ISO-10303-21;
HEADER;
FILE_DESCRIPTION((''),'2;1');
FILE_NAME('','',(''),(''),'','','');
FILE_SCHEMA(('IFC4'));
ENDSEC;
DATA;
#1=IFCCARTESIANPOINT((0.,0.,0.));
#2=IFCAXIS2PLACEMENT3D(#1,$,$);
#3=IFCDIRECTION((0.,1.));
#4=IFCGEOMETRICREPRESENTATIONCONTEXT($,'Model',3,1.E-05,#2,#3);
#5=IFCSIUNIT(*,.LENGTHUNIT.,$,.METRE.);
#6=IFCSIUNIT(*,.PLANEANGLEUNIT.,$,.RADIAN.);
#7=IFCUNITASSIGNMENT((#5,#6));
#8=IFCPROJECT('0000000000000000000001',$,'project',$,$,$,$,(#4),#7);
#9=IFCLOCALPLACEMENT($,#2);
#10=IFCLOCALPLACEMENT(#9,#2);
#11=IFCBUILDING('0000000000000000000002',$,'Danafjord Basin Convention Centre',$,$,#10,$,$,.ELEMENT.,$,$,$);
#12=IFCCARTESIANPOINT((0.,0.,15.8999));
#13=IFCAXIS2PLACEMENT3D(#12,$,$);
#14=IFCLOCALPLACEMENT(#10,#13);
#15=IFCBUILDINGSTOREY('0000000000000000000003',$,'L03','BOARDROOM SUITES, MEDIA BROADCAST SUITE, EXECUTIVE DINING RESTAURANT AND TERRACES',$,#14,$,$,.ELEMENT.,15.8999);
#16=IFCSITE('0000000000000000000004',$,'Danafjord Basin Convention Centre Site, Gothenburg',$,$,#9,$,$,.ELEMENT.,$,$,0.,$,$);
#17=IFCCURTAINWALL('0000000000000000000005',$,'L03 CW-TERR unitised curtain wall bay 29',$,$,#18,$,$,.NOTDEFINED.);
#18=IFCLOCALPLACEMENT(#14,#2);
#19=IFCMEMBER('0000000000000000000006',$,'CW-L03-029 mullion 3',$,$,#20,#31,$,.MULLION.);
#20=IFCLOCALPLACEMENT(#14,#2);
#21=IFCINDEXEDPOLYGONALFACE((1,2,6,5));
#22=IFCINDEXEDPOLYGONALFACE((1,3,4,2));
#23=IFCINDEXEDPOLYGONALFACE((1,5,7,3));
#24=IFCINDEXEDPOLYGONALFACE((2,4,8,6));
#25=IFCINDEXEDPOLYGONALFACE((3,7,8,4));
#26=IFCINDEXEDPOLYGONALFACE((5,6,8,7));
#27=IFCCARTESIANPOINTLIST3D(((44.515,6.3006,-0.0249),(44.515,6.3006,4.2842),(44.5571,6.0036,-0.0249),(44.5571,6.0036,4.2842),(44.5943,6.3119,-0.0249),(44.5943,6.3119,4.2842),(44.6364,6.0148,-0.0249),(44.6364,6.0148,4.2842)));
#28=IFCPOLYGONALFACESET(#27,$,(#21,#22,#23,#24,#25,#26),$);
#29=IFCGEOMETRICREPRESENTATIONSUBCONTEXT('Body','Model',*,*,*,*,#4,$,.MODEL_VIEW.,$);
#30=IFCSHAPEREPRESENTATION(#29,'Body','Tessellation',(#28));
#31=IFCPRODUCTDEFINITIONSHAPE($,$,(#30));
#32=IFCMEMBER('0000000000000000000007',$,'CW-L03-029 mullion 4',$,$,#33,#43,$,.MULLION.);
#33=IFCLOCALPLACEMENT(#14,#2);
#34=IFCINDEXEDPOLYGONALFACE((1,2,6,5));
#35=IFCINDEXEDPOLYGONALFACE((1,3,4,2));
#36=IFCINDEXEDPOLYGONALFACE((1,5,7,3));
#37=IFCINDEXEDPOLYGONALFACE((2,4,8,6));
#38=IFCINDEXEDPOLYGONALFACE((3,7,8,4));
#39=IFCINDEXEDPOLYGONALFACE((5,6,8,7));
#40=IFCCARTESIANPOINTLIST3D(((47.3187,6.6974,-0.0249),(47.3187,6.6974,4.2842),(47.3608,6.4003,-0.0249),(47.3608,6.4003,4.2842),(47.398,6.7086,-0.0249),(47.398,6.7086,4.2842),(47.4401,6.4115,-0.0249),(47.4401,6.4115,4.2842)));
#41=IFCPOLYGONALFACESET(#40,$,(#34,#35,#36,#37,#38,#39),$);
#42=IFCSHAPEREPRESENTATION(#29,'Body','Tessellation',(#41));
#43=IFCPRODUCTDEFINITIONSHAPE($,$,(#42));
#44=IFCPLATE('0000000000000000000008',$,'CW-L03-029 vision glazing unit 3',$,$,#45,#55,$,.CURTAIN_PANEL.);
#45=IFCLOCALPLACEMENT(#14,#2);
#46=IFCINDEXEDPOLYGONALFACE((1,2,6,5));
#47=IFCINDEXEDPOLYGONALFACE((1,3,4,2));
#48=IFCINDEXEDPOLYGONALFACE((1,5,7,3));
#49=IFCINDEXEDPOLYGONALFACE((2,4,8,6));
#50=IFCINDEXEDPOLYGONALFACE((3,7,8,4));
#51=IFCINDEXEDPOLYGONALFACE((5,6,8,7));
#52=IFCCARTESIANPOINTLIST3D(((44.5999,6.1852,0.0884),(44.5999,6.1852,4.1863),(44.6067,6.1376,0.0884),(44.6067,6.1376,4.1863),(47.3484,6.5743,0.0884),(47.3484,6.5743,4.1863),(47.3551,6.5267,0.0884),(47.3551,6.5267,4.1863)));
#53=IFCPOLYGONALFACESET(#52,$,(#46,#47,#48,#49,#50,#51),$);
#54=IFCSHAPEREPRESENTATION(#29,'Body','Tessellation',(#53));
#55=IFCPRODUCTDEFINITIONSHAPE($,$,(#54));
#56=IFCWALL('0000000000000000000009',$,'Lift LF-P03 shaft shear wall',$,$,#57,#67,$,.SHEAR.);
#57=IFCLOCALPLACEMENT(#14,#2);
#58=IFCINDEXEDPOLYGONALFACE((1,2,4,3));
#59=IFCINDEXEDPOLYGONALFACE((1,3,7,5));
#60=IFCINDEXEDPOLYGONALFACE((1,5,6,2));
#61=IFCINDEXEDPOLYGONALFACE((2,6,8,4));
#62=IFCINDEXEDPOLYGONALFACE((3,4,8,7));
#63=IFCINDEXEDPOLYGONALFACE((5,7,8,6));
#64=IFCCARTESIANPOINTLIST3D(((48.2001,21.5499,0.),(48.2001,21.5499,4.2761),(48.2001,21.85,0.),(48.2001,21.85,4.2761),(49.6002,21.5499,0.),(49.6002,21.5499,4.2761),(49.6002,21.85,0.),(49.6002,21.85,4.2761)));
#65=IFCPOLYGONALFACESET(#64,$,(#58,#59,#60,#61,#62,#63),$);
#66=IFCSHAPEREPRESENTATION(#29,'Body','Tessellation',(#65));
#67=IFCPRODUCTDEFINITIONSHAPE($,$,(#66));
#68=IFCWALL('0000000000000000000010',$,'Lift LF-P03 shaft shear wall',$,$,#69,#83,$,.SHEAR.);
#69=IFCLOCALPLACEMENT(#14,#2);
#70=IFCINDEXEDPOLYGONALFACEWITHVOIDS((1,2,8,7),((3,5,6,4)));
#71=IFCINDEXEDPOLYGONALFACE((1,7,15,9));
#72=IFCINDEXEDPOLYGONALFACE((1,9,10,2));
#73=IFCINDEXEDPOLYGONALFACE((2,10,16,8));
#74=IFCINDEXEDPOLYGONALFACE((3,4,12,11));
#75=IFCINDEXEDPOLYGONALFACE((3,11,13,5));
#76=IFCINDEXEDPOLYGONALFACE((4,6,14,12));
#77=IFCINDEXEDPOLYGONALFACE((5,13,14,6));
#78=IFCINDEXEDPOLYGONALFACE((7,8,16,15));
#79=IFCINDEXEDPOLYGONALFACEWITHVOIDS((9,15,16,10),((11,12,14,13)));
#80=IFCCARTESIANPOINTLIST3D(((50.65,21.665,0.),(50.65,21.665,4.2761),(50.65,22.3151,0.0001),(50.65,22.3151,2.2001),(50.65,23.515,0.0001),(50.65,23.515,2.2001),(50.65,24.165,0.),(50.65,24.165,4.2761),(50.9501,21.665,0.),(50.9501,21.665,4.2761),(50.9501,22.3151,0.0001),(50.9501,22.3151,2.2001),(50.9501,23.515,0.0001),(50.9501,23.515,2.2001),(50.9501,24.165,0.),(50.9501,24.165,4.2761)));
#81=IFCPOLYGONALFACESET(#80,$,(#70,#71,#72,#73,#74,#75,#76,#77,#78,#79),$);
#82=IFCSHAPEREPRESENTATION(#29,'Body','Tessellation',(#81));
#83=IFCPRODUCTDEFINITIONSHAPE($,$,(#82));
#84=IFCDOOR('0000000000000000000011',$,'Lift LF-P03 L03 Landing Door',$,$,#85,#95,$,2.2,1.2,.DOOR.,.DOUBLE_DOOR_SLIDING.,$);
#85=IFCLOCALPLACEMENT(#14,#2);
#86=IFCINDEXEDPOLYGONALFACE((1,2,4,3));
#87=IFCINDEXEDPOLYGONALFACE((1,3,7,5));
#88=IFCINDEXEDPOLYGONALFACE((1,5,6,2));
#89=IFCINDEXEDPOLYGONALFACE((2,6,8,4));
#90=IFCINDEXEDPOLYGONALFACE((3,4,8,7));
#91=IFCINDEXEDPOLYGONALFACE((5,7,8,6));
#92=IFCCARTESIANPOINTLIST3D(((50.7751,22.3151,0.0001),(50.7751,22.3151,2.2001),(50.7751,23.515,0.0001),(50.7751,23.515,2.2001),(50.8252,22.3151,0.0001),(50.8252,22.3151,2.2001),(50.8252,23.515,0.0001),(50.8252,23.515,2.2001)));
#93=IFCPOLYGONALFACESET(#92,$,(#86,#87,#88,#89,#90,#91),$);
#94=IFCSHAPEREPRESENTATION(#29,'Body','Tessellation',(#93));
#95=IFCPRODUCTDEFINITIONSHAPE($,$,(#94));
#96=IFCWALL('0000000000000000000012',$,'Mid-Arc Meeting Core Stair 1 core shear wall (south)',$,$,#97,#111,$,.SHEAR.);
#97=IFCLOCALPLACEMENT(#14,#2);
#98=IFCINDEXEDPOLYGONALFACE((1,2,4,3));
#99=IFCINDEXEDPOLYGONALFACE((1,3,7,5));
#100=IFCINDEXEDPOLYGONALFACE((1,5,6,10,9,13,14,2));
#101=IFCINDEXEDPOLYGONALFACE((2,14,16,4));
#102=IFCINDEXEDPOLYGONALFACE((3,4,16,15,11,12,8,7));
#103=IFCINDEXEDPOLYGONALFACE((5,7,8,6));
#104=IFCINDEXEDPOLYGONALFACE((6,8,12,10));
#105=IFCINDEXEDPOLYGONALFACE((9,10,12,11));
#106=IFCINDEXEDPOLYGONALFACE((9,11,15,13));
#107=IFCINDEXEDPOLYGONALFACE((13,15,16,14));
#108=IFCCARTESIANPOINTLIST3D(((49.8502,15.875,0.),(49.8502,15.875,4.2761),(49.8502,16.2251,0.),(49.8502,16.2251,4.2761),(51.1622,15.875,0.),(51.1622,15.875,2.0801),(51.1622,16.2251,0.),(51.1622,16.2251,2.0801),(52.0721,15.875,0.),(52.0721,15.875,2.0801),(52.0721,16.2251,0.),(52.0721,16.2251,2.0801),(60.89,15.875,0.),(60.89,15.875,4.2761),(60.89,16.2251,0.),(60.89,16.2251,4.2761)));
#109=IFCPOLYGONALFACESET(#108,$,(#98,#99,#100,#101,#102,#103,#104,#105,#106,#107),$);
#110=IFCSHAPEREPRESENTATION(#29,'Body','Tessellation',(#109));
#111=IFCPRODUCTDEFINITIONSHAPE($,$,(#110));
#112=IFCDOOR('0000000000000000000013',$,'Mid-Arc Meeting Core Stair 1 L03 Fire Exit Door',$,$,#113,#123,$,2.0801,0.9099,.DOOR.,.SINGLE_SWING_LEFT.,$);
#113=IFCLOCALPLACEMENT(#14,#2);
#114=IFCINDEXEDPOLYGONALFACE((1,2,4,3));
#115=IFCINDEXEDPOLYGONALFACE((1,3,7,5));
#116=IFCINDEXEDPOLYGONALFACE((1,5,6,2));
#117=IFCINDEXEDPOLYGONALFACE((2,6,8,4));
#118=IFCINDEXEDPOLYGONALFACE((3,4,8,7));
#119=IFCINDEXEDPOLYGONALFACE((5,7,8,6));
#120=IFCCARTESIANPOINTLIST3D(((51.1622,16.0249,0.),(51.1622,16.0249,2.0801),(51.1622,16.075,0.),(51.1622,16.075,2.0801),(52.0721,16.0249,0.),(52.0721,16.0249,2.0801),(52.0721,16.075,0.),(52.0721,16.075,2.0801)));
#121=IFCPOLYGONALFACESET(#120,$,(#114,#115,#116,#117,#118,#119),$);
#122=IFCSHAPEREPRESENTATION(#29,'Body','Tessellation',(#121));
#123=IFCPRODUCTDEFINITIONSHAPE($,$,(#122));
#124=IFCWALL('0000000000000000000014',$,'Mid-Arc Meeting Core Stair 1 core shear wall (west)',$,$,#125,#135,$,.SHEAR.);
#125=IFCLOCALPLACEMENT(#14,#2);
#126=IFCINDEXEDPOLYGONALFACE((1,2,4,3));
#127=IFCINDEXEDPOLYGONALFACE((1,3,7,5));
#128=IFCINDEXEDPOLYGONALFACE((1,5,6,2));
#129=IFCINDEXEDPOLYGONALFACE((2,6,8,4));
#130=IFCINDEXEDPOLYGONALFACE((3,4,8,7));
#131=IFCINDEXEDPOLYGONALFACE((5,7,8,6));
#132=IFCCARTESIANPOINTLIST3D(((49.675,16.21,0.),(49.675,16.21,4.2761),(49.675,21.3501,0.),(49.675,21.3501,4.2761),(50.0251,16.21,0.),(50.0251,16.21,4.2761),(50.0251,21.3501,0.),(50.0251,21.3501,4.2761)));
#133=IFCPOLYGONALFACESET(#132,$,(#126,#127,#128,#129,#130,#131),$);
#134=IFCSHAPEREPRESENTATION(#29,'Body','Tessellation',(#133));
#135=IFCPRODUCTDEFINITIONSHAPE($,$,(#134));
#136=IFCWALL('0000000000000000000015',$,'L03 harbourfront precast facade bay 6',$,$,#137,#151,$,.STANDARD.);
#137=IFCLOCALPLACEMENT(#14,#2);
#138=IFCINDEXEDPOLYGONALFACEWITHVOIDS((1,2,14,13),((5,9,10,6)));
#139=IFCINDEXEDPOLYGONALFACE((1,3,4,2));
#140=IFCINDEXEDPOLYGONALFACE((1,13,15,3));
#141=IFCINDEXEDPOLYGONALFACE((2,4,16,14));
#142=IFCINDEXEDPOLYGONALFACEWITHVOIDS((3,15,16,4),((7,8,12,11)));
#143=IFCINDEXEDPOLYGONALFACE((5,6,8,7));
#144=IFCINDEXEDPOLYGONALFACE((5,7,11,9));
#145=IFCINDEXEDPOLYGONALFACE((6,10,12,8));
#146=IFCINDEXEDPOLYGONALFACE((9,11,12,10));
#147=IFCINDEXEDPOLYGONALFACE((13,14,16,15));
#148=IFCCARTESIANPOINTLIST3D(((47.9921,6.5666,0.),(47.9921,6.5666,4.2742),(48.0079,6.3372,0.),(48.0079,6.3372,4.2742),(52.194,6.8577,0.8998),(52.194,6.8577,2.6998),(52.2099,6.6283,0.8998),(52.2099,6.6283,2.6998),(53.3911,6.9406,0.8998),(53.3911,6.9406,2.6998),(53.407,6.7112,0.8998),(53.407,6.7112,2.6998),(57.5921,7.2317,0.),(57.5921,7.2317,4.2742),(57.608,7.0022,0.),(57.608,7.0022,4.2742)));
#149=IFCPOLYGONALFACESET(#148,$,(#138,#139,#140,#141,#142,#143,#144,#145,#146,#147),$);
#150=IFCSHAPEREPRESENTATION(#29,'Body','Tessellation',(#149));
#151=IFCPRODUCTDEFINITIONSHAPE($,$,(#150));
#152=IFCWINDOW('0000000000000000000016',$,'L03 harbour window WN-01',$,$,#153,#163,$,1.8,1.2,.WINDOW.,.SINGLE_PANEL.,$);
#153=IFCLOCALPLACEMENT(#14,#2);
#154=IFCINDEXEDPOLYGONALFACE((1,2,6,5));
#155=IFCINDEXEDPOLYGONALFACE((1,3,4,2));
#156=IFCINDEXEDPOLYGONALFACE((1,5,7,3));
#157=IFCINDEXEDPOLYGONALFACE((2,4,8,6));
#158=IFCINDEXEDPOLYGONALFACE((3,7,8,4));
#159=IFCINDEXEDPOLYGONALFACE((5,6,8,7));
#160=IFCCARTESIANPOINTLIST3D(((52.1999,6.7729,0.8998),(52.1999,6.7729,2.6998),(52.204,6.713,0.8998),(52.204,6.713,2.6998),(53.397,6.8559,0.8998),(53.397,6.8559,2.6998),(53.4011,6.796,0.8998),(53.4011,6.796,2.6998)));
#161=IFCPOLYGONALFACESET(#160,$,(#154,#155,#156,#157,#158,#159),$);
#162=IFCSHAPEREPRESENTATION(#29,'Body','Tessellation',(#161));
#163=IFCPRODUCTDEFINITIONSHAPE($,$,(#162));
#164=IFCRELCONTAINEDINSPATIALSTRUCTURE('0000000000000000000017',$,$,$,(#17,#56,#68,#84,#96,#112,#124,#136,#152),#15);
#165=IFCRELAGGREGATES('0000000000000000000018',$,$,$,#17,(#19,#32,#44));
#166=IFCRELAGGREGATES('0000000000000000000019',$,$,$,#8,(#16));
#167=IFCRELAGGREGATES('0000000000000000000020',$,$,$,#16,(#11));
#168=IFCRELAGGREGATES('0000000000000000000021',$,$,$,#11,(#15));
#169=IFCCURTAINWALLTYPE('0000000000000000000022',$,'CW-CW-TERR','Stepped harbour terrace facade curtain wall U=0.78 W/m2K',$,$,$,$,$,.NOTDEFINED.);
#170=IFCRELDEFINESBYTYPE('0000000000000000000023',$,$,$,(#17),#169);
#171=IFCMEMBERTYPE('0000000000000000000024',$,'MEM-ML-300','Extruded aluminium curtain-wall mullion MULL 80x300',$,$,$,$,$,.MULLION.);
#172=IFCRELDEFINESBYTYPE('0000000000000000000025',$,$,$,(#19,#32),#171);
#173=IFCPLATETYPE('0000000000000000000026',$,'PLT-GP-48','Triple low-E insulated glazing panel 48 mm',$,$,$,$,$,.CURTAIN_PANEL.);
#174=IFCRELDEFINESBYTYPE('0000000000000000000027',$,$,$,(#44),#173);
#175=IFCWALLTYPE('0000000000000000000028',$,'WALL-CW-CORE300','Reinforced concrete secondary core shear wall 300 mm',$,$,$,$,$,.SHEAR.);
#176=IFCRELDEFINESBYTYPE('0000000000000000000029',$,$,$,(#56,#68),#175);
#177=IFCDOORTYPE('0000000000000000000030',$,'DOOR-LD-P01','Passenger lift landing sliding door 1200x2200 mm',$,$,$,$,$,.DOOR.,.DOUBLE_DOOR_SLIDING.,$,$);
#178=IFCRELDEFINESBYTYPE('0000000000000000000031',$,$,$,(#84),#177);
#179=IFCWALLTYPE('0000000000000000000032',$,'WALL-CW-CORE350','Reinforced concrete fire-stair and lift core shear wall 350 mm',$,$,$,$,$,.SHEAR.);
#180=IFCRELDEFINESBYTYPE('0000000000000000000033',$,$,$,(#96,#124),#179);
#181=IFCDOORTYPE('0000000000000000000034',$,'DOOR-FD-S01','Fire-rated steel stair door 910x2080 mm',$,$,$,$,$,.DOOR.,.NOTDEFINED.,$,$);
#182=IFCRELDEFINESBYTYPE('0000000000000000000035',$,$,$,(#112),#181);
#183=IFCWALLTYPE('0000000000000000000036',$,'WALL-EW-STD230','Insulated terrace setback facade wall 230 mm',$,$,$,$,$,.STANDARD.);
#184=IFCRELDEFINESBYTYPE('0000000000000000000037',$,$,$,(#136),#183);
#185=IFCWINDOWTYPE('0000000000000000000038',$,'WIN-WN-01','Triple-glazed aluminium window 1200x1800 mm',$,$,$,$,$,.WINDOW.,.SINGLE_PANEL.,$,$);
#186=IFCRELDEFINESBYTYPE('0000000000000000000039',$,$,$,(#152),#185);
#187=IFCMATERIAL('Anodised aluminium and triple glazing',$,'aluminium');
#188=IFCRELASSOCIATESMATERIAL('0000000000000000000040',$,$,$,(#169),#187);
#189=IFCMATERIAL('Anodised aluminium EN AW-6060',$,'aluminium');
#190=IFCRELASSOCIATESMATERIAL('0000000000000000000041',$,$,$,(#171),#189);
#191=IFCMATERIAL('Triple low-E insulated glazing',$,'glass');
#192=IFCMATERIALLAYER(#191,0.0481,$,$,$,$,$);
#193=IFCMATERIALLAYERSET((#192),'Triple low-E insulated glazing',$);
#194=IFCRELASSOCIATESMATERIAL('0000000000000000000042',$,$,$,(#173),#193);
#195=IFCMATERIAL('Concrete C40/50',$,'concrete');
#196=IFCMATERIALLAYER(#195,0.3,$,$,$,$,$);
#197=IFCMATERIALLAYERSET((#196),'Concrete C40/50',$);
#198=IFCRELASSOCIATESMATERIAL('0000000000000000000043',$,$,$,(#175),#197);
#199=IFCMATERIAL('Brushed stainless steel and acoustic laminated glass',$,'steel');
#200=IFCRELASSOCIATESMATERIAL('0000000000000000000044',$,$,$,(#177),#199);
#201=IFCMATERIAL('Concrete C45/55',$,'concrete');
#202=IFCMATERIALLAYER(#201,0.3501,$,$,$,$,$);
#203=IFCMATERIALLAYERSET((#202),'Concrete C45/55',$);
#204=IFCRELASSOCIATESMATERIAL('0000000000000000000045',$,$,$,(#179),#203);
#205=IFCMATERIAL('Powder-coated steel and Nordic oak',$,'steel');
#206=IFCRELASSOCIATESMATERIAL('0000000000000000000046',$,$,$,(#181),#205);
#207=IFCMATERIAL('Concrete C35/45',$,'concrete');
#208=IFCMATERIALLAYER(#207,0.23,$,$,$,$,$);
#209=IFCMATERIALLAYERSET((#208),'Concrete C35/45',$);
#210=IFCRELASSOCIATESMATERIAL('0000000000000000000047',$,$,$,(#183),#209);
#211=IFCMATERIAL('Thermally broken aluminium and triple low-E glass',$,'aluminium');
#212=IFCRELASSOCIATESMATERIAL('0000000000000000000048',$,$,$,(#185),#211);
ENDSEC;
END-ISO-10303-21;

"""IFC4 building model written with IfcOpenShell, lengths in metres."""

from ifc_helpers import new_model, si_unit, direction, frame, frame_2d, origin, origin_2d, place, context, subcontext, project, spatial, rectangle, extrude, material, layer, layer_set, material_profile, profile_set, type_object, element, fill, aggregate, save


model = new_model("IFC4")

# Units and contexts
model_context = context("Model", 3, precision=1e-05, world=origin(), true_north=direction((0.0, 1.0)))
body_context = subcontext(model_context, "Body", "Model", "MODEL_VIEW")
ifc_project = project(units=[si_unit("LENGTHUNIT", "METRE"), si_unit("PLANEANGLEUNIT", "RADIAN")], contexts=[model_context])

# Site, building, storey
site_placement = place(None, origin())
site = spatial("IfcSite", under=ifc_project, at=site_placement, Name="Danafjord Basin Convention Centre Site, Gothenburg", CompositionType="ELEMENT", RefElevation=0.0)
building_placement = place(site_placement, origin())
building = spatial("IfcBuilding", under=site, at=building_placement, Name="Danafjord Basin Convention Centre", CompositionType="ELEMENT")
storey_placement = place(building_placement, frame((0.0, 0.0, 15.8999)))
storey = spatial("IfcBuildingStorey", under=building, at=storey_placement, Name="L03", Description="BOARDROOM SUITES, MEDIA BROADCAST SUITE, EXECUTIVE DINING RESTAURANT AND TERRACES", CompositionType="ELEMENT", Elevation=15.8999)

# Curtain wall, members, plate
ifc_material_1 = material(Name="Anodised aluminium and triple glazing", Category="aluminium")
curtain_wall_type = type_object("IfcCurtainWallType", Name="CW-CW-TERR", Description="Stepped harbour terrace facade curtain wall U=0.78 W/m2K", PredefinedType="NOTDEFINED", material=ifc_material_1)
curtain_wall_placement = place(storey_placement, origin())
curtain_wall = element("IfcCurtainWall", 1, at=curtain_wall_placement, inside=storey, type_object=curtain_wall_type, Name="L03 CW-TERR unitised curtain wall bay 29", PredefinedType="NOTDEFINED")
ifc_material_2 = material(Name="Anodised aluminium EN AW-6060", Category="aluminium")
ifc_material_profile_1 = material_profile(ifc_material_2, rectangle(XDim=0.0801, YDim=0.3, at=origin_2d()), Name="MULL 80x300")
ifc_profile_set_1 = profile_set([ifc_material_profile_1], Name="Anodised aluminium EN AW-6060")
member_type = type_object("IfcMemberType", Name="MEM-ML-300", Description="Extruded aluminium curtain-wall mullion MULL 80x300", PredefinedType="MULLION", material=ifc_profile_set_1)
member_1_placement = place(storey_placement, frame((44.5757, 6.1577, -0.0249), z_axis=(0.0, 0.0, 1.0), x_axis=(0.990128, 0.140165, 0.0)))
member_1 = element("IfcMember", 2, at=member_1_placement, type_object=member_type, Name="CW-L03-029 mullion 3", PredefinedType="MULLION", context=body_context, shape_type="SweptSolid", body=[
    extrude(rectangle(XDim=0.0801, YDim=0.3, at=origin_2d()), origin(), (0.0, 0.0, 1.0), 4.3091),
])
member_2_placement = place(storey_placement, frame((47.3794, 6.5544, -0.0249), z_axis=(0.0, 0.0, 1.0), x_axis=(0.990128, 0.140165, 0.0)))
member_2 = element("IfcMember", 3, at=member_2_placement, type_object=member_type, Name="CW-L03-029 mullion 4", PredefinedType="MULLION", context=body_context, shape_type="SweptSolid", body=[
    extrude(rectangle(XDim=0.0801, YDim=0.3, at=origin_2d()), origin(), (0.0, 0.0, 1.0), 4.3091),
])
ifc_material_3 = material(Name="Triple low-E insulated glazing", Category="glass")
ifc_layer_1 = layer(ifc_material_3, 0.0481)
ifc_layer_set_1 = layer_set([ifc_layer_1], Name="Triple low-E insulated glazing")
plate_type = type_object("IfcPlateType", Name="PLT-GP-48", Description="Triple low-E insulated glazing panel 48 mm", PredefinedType="CURTAIN_PANEL", material=ifc_layer_set_1)
plate_placement = place(storey_placement, frame((45.9775, 6.356, 0.0884), z_axis=(0.0, 0.0, 1.0), x_axis=(0.990128, 0.140165, 0.0)))
plate = element("IfcPlate", 4, at=plate_placement, type_object=plate_type, Name="CW-L03-029 vision glazing unit 3", PredefinedType="CURTAIN_PANEL", context=body_context, shape_type="SweptSolid", body=[
    extrude(rectangle(XDim=2.7759, YDim=0.0481, at=origin_2d()), origin(), (0.0, 0.0, 1.0), 4.0979),
])
aggregate(curtain_wall, [member_1, member_2, plate])

# Wall
ifc_material_4 = material(Name="Concrete C40/50", Category="concrete")
ifc_layer_2 = layer(ifc_material_4, 0.3)
ifc_layer_set_2 = layer_set([ifc_layer_2], Name="Concrete C40/50")
wall_type_1 = type_object("IfcWallType", Name="WALL-CW-CORE300", Description="Reinforced concrete secondary core shear wall 300 mm", PredefinedType="SHEAR", material=ifc_layer_set_2)
wall_1_placement = place(storey_placement, frame((48.2, 21.7, 0.0), z_axis=(0.0, 0.0, 1.0), x_axis=(1.0, 0.0, 0.0)))
element("IfcWall", 5, at=wall_1_placement, inside=storey, type_object=wall_type_1, Name="Lift LF-P03 shaft shear wall", PredefinedType="SHEAR", context=body_context, shape_type="SweptSolid", body=[
    extrude(rectangle(XDim=1.4001, YDim=0.3, at=frame_2d((0.7002, 0.0))), origin(), (0.0, 0.0, 1.0), 4.2761),
])

# Walls, openings, doors
wall_2_placement = place(storey_placement, frame((50.8, 21.665, 0.0), z_axis=(0.0, 0.0, 1.0), x_axis=(0.0, 1.0, 0.0)))
wall_2 = element("IfcWall", 6, at=wall_2_placement, inside=storey, type_object=wall_type_1, Name="Lift LF-P03 shaft shear wall", PredefinedType="SHEAR", context=body_context, shape_type="SweptSolid", body=[
    extrude(rectangle(XDim=2.5, YDim=0.3, at=frame_2d((1.25, 0.0))), origin(), (0.0, 0.0, 1.0), 4.2761),
])
opening_1_placement = place(wall_2_placement, frame((0.6499, 0.0, 0.0)))
opening_1 = element("IfcOpeningElement", 7, at=opening_1_placement, cuts=wall_2, PredefinedType="OPENING", context=body_context, shape_type="SweptSolid", body=[
    extrude(rectangle(XDim=1.2, YDim=2.2, at=frame_2d((0.6001, 1.1001))), frame((0.0, 0.1599, 0.0), z_axis=(0.0, -1.0, 0.0), x_axis=(1.0, 0.0, 0.0)), (0.0, 0.0, 1.0), 0.3201),
])
ifc_material_5 = material(Name="Brushed stainless steel and acoustic laminated glass", Category="steel")
door_type_1 = type_object("IfcDoorType", Name="DOOR-LD-P01", Description="Passenger lift landing sliding door 1200x2200 mm", OperationType="DOUBLE_DOOR_SLIDING", PredefinedType="DOOR", material=ifc_material_5)
door_1_placement = place(opening_1_placement, origin())
door_1 = element("IfcDoor", 8, at=door_1_placement, inside=storey, type_object=door_type_1, Name="Lift LF-P03 L03 Landing Door", OperationType="DOUBLE_DOOR_SLIDING", OverallHeight=2.2, OverallWidth=1.2, PredefinedType="DOOR", context=body_context, shape_type="SweptSolid", body=[
    extrude(rectangle(XDim=1.2, YDim=2.2, at=frame_2d((0.6001, 1.1001))), frame((0.0, 0.0249, 0.0), z_axis=(0.0, -1.0, 0.0), x_axis=(1.0, 0.0, 0.0)), (0.0, 0.0, 1.0), 0.05),
])
fill(opening_1, door_1)
ifc_material_6 = material(Name="Concrete C45/55", Category="concrete")
ifc_layer_3 = layer(ifc_material_6, 0.3501)
ifc_layer_set_3 = layer_set([ifc_layer_3], Name="Concrete C45/55")
wall_type_2 = type_object("IfcWallType", Name="WALL-CW-CORE350", Description="Reinforced concrete fire-stair and lift core shear wall 350 mm", PredefinedType="SHEAR", material=ifc_layer_set_3)
wall_3_placement = place(storey_placement, frame((49.8501, 16.05, 0.0), z_axis=(0.0, 0.0, 1.0), x_axis=(1.0, 0.0, 0.0)))
wall_3 = element("IfcWall", 9, at=wall_3_placement, inside=storey, type_object=wall_type_2, Name="Mid-Arc Meeting Core Stair 1 core shear wall (south)", PredefinedType="SHEAR", context=body_context, shape_type="SweptSolid", body=[
    extrude(rectangle(XDim=11.0398, YDim=0.3501, at=frame_2d((5.52, 0.0))), origin(), (0.0, 0.0, 1.0), 4.2761),
])
opening_2_placement = place(wall_3_placement, frame((1.312, 0.0, 0.0)))
opening_2 = element("IfcOpeningElement", 10, at=opening_2_placement, cuts=wall_3, PredefinedType="OPENING", context=body_context, shape_type="SweptSolid", body=[
    extrude(rectangle(XDim=0.9099, YDim=2.0801, at=frame_2d((0.4551, 1.04))), frame((0.0, 0.1851, 0.0), z_axis=(0.0, -1.0, 0.0), x_axis=(1.0, 0.0, 0.0)), (0.0, 0.0, 1.0), 0.3701),
])
ifc_material_7 = material(Name="Powder-coated steel and Nordic oak", Category="steel")
door_type_2 = type_object("IfcDoorType", Name="DOOR-FD-S01", Description="Fire-rated steel stair door 910x2080 mm", OperationType="NOTDEFINED", PredefinedType="DOOR", material=ifc_material_7)
door_2_placement = place(opening_2_placement, origin())
door_2 = element("IfcDoor", 11, at=door_2_placement, inside=storey, type_object=door_type_2, Name="Mid-Arc Meeting Core Stair 1 L03 Fire Exit Door", OperationType="SINGLE_SWING_LEFT", OverallHeight=2.0801, OverallWidth=0.9099, PredefinedType="DOOR", context=body_context, shape_type="SweptSolid", body=[
    extrude(rectangle(XDim=0.9099, YDim=2.0801, at=frame_2d((0.4551, 1.04))), frame((0.0, 0.0249, 0.0), z_axis=(0.0, -1.0, 0.0), x_axis=(1.0, 0.0, 0.0)), (0.0, 0.0, 1.0), 0.05),
])
fill(opening_2, door_2)

# Wall
wall_4_placement = place(storey_placement, frame((49.8501, 21.3501, 0.0), z_axis=(0.0, 0.0, 1.0), x_axis=(0.0, -1.0, 0.0)))
element("IfcWall", 12, at=wall_4_placement, inside=storey, type_object=wall_type_2, Name="Mid-Arc Meeting Core Stair 1 core shear wall (west)", PredefinedType="SHEAR", context=body_context, shape_type="SweptSolid", body=[
    extrude(rectangle(XDim=5.1401, YDim=0.3501, at=frame_2d((2.5701, 0.0))), origin(), (0.0, 0.0, 1.0), 4.2761),
])

# Wall, opening, window
ifc_material_8 = material(Name="Concrete C35/45", Category="concrete")
ifc_layer_4 = layer(ifc_material_8, 0.23)
ifc_layer_set_4 = layer_set([ifc_layer_4], Name="Concrete C35/45")
wall_type_3 = type_object("IfcWallType", Name="WALL-EW-STD230", Description="Insulated terrace setback facade wall 230 mm", PredefinedType="STANDARD", material=ifc_layer_set_4)
wall_5_placement = place(storey_placement, frame((48.0, 6.4519, 0.0), z_axis=(0.0, 0.0, 1.0), x_axis=(0.997609, 0.069109, 0.0)))
wall_5 = element("IfcWall", 13, at=wall_5_placement, inside=storey, type_object=wall_type_3, Name="L03 harbourfront precast facade bay 6", PredefinedType="STANDARD", context=body_context, shape_type="SweptSolid", body=[
    extrude(rectangle(XDim=9.623, YDim=0.23, at=frame_2d((4.8115, 0.0))), origin(), (0.0, 0.0, 1.0), 4.2742),
])
opening_3_placement = place(wall_5_placement, frame((4.2119, 0.0, 0.8999)))
opening_3 = element("IfcOpeningElement", 14, at=opening_3_placement, cuts=wall_5, PredefinedType="OPENING", context=body_context, shape_type="SweptSolid", body=[
    extrude(rectangle(XDim=1.2, YDim=1.8, at=frame_2d((0.6001, 0.8999))), frame((0.0, 0.125, 0.0), z_axis=(0.0, -1.0, 0.0), x_axis=(1.0, 0.0, 0.0)), (0.0, 0.0, 1.0), 0.25),
])
ifc_material_9 = material(Name="Thermally broken aluminium and triple low-E glass", Category="aluminium")
window_type = type_object("IfcWindowType", Name="WIN-WN-01", Description="Triple-glazed aluminium window 1200x1800 mm", PartitioningType="SINGLE_PANEL", PredefinedType="WINDOW", material=ifc_material_9)
window_placement = place(opening_3_placement, origin())
window = element("IfcWindow", 15, at=window_placement, inside=storey, type_object=window_type, Name="L03 harbour window WN-01", OverallHeight=1.8, OverallWidth=1.2, PartitioningType="SINGLE_PANEL", PredefinedType="WINDOW", context=body_context, shape_type="SweptSolid", body=[
    extrude(rectangle(XDim=1.2, YDim=1.8, at=frame_2d((0.6001, 0.8999))), frame((0.0, 0.03, 0.0), z_axis=(0.0, -1.0, 0.0), x_axis=(1.0, 0.0, 0.0)), (0.0, 0.0, 1.0), 0.0601),
])
fill(opening_3, window)

save(model, "model.ifc")
